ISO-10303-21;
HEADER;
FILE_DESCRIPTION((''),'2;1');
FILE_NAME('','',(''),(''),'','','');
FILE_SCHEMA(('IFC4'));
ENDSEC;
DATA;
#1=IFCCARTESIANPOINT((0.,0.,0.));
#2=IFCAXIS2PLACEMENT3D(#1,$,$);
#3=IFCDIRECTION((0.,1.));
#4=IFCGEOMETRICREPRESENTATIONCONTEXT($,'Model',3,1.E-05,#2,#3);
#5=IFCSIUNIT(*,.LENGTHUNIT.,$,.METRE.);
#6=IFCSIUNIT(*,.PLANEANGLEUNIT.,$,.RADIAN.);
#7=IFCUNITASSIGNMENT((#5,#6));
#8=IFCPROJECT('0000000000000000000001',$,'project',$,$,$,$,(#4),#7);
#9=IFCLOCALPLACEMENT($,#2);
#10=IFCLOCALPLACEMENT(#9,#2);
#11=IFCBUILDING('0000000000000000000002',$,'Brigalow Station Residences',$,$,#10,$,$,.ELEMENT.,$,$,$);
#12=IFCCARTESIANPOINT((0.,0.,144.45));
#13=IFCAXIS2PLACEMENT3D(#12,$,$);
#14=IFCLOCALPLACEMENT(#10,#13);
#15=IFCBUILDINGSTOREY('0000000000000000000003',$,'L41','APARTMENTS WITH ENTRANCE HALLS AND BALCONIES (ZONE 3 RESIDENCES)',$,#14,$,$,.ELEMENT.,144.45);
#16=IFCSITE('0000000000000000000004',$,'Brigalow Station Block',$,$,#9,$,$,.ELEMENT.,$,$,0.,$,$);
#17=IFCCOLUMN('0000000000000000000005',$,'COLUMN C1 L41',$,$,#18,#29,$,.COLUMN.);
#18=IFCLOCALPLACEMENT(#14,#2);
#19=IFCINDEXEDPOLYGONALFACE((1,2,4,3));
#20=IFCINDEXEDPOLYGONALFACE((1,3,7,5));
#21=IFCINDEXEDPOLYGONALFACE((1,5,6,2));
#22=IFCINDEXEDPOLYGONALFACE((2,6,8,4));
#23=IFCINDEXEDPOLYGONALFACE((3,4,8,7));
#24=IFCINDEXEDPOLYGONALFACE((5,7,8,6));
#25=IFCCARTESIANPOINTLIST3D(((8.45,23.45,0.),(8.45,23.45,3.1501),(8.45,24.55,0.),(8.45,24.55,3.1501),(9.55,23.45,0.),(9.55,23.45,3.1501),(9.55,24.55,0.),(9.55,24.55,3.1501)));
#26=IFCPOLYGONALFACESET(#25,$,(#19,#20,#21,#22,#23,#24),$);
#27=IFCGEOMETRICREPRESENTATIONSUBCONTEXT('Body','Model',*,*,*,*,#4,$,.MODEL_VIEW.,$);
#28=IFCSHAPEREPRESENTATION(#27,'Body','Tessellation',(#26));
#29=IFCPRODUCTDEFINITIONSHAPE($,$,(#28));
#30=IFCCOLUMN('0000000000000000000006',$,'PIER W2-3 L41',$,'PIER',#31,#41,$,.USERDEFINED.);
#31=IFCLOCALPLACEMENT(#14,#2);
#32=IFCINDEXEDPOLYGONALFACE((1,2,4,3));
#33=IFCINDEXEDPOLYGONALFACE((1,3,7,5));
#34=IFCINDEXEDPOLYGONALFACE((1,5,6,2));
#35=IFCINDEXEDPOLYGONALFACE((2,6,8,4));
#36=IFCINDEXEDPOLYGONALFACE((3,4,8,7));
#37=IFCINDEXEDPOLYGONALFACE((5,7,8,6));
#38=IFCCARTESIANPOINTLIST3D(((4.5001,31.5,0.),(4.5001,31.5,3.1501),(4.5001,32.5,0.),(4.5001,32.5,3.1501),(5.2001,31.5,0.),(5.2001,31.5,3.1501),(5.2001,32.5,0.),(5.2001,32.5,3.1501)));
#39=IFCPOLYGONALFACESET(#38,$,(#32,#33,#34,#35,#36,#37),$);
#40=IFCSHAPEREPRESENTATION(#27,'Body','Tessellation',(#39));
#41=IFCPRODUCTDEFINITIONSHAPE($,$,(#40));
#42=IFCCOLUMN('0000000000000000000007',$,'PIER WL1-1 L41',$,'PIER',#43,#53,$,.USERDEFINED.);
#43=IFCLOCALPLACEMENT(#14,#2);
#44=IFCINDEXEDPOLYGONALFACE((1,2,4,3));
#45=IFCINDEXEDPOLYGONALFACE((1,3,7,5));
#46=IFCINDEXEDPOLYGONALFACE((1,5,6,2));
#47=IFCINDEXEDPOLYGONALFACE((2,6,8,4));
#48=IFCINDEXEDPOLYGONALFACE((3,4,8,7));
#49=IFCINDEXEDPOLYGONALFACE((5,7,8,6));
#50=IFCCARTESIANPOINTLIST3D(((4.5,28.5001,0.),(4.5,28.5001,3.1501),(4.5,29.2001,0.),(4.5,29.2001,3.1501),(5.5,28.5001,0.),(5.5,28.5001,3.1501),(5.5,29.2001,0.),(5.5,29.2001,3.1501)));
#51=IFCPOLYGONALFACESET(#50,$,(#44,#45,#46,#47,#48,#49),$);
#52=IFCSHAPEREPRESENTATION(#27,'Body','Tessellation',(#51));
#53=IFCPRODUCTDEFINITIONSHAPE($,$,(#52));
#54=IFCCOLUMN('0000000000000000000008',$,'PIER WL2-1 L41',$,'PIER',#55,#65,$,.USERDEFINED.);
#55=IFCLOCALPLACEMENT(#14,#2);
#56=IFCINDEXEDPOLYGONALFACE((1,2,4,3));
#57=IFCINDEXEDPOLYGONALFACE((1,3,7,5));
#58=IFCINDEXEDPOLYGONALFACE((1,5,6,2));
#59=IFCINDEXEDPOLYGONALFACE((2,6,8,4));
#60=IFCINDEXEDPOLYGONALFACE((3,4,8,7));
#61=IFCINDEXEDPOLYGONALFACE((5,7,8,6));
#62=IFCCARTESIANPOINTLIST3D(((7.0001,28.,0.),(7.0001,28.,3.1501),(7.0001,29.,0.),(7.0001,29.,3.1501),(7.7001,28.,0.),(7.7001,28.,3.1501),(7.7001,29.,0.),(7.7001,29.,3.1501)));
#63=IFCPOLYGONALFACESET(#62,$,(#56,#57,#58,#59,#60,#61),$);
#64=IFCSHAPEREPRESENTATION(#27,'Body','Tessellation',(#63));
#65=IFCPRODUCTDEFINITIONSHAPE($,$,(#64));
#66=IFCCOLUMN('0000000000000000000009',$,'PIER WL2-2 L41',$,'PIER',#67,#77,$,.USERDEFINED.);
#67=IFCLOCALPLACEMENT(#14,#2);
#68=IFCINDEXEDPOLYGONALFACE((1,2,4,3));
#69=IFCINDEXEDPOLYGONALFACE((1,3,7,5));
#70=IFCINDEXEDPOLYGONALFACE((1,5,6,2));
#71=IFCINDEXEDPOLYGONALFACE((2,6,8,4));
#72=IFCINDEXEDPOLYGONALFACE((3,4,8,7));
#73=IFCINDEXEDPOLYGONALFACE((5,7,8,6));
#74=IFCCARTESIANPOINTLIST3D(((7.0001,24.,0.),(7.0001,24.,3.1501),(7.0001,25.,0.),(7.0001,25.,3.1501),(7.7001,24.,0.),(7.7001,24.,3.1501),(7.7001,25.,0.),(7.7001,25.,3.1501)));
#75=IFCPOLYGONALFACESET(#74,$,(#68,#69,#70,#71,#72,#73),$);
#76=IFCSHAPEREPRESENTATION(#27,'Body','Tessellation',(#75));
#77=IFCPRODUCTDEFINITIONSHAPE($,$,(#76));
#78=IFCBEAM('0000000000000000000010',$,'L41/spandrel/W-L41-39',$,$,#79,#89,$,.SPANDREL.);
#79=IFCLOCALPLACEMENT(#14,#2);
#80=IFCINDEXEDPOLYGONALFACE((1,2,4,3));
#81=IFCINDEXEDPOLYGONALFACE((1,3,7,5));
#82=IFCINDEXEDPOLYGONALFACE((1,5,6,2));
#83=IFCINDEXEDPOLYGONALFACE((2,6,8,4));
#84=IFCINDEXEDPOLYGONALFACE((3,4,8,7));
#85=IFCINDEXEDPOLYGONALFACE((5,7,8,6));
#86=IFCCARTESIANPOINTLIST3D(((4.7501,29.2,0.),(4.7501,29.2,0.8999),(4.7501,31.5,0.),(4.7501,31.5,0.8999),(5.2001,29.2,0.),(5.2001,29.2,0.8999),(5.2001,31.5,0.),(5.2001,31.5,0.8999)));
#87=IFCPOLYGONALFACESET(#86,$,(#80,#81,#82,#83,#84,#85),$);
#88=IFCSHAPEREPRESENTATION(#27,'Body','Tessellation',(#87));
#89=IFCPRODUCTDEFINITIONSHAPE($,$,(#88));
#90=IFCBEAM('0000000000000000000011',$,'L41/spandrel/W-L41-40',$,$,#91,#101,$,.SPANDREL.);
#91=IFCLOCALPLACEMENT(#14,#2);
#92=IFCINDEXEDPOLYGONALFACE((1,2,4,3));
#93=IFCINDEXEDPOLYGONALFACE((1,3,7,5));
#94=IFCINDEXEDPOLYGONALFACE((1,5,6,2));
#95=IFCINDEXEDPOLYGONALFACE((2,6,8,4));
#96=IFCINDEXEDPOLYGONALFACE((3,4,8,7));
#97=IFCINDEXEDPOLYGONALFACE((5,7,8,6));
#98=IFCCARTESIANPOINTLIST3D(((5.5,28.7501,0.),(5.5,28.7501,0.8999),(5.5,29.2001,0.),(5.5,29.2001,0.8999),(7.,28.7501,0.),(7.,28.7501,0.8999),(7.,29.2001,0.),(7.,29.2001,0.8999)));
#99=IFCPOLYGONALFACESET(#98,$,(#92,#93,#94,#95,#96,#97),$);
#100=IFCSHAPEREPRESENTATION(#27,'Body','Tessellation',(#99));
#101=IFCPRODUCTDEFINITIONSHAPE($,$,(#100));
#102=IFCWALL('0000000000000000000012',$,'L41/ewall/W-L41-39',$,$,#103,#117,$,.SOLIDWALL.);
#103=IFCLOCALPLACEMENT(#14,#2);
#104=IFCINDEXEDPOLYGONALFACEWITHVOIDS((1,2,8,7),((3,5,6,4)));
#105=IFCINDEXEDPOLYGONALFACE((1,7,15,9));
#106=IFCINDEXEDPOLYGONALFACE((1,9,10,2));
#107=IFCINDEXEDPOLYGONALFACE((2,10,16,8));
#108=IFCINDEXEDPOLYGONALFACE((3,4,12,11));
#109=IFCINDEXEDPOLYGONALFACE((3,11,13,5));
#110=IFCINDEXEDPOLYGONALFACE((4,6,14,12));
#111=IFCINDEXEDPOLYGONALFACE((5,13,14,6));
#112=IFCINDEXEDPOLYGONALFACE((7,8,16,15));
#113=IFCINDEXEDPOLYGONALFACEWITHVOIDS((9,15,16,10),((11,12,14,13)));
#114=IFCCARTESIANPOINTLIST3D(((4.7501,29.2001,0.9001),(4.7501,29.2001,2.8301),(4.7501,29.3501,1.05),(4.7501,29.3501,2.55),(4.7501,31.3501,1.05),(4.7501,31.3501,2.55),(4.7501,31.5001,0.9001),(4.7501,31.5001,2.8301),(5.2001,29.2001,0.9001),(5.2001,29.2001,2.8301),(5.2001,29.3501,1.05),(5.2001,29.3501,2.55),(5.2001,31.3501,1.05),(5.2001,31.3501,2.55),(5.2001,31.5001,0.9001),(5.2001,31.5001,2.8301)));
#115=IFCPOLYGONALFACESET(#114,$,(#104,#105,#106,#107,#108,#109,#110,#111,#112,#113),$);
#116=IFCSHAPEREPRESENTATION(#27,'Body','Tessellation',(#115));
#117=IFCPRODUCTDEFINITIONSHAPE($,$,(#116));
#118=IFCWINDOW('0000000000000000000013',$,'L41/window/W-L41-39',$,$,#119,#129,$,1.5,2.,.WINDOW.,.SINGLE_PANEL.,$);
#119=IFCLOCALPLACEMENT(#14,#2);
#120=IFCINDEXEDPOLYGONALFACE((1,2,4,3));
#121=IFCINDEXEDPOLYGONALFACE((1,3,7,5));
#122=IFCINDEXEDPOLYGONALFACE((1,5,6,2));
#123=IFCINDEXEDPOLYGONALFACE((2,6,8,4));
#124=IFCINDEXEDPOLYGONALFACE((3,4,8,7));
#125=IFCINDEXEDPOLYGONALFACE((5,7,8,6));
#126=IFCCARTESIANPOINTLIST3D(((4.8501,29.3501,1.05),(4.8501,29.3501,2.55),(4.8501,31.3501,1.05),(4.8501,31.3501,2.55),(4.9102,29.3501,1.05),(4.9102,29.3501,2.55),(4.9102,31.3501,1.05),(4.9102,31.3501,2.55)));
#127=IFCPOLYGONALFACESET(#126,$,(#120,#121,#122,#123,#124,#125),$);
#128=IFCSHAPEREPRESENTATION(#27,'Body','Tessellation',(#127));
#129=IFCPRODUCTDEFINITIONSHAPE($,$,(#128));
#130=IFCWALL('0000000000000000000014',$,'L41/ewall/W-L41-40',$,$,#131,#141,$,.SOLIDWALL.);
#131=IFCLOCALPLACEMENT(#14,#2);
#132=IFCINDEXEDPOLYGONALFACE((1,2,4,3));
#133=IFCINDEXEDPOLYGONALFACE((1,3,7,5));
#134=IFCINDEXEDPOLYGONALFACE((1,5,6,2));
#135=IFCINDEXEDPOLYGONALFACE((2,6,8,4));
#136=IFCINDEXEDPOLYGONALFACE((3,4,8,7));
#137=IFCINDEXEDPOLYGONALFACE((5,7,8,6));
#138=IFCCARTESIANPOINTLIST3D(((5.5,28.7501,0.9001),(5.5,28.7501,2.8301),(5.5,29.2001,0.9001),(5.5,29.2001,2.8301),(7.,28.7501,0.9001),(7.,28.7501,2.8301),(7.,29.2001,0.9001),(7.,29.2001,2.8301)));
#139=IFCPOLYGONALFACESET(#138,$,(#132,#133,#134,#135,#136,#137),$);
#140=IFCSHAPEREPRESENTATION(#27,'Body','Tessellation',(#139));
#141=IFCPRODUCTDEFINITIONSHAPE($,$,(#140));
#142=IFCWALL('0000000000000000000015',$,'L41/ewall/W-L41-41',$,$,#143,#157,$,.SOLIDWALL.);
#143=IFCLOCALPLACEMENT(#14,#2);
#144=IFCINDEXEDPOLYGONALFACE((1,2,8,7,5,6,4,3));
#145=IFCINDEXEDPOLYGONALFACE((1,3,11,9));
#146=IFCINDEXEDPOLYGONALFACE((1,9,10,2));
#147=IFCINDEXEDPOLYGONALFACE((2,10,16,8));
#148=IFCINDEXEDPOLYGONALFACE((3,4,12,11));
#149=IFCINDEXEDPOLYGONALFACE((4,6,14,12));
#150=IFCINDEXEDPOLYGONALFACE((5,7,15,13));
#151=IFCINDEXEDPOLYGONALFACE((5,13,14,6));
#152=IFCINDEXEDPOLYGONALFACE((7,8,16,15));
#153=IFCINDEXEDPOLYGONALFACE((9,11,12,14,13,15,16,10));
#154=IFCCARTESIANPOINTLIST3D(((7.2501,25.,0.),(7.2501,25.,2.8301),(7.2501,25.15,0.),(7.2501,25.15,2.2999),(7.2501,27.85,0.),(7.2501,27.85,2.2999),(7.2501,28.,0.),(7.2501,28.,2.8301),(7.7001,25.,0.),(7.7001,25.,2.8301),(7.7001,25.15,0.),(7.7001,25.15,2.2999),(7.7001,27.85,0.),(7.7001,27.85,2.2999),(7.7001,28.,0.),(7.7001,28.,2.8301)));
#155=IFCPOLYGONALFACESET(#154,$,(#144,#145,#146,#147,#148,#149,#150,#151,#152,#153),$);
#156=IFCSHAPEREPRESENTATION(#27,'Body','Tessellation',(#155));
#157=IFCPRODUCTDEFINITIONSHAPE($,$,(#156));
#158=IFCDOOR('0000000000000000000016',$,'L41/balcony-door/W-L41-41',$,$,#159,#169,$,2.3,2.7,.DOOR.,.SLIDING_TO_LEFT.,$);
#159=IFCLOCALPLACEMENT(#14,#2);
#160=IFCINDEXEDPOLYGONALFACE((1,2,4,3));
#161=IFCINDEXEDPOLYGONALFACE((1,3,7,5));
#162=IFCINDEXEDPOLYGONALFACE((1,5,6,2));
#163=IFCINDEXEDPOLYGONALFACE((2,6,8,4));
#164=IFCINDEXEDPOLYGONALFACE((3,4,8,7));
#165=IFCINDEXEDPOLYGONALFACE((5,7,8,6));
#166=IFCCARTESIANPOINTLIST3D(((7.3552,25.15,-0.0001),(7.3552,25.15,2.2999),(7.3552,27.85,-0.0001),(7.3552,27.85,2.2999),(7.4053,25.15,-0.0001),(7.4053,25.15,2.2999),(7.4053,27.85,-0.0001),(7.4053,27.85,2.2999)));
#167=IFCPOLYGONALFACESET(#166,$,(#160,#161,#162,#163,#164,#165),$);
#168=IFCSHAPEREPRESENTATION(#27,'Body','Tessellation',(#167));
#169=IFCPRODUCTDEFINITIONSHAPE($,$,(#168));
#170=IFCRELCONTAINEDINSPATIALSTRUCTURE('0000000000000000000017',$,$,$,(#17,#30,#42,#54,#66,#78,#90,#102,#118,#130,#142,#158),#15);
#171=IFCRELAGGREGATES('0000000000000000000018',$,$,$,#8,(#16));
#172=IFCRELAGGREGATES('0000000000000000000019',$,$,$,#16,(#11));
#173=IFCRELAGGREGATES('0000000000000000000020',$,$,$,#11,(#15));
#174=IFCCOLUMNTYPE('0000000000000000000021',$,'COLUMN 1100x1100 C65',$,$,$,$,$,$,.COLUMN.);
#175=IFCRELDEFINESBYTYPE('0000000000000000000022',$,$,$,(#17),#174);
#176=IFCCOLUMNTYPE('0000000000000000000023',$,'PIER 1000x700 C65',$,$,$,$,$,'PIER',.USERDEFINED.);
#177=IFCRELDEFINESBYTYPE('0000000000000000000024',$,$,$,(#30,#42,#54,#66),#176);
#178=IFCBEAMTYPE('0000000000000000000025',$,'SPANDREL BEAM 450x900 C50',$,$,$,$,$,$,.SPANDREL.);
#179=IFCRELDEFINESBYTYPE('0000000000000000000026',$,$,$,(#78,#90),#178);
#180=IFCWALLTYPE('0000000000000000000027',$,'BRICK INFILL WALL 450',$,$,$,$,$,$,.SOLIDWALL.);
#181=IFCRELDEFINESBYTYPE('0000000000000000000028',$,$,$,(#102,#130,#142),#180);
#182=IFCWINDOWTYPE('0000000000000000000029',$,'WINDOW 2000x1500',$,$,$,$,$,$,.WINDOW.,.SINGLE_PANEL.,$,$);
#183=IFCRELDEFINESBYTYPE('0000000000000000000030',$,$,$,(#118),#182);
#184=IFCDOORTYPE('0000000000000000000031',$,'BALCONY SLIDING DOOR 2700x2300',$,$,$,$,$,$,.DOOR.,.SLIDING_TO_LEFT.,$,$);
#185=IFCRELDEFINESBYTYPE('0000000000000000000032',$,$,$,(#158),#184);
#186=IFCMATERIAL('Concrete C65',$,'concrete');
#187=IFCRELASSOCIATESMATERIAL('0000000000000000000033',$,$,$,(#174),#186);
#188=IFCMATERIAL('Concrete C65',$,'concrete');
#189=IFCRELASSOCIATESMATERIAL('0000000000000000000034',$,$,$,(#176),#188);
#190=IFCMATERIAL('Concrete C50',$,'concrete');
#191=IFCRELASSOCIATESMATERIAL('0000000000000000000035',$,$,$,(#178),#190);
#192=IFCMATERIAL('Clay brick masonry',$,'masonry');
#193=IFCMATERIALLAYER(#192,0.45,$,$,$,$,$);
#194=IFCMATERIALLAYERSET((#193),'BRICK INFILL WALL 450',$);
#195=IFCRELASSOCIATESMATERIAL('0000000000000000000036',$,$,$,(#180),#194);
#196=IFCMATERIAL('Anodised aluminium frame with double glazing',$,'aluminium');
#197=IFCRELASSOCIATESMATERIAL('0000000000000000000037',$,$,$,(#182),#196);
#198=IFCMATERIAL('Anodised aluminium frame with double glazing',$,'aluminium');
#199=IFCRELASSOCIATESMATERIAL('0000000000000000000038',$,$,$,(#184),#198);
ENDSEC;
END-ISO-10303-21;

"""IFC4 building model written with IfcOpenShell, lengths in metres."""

from ifc_helpers import new_model, si_unit, direction, frame, frame_2d, origin, origin_2d, place, context, subcontext, project, spatial, rectangle, extrude, material, layer, layer_set, material_profile, profile_set, type_object, element, fill, save


model = new_model("IFC4")

# Units and contexts
model_context = context("Model", 3, precision=1e-05, world=origin(), true_north=direction((0.0, 1.0)))
body_context = subcontext(model_context, "Body", "Model", "MODEL_VIEW")
ifc_project = project(units=[si_unit("LENGTHUNIT", "METRE"), si_unit("PLANEANGLEUNIT", "RADIAN")], contexts=[model_context])

# Site, building, storey
site_placement = place(None, origin())
site = spatial("IfcSite", under=ifc_project, at=site_placement, Name="Brigalow Station Block", CompositionType="ELEMENT", RefElevation=0.0)
building_placement = place(site_placement, origin())
building = spatial("IfcBuilding", under=site, at=building_placement, Name="Brigalow Station Residences", CompositionType="ELEMENT")
storey_placement = place(building_placement, frame((0.0, 0.0, 144.45)))
storey = spatial("IfcBuildingStorey", under=building, at=storey_placement, Name="L41", Description="APARTMENTS WITH ENTRANCE HALLS AND BALCONIES (ZONE 3 RESIDENCES)", CompositionType="ELEMENT", Elevation=144.45)

# Columns
ifc_material_1 = material(Name="Concrete C65", Category="concrete")
ifc_material_profile_1 = material_profile(ifc_material_1, rectangle(XDim=1.1001, YDim=1.1001, at=origin_2d()), Name="RC1100x1100")
ifc_profile_set_1 = profile_set([ifc_material_profile_1], Name="Concrete C65")
column_type_1 = type_object("IfcColumnType", Name="COLUMN 1100x1100 C65", PredefinedType="COLUMN", material=ifc_profile_set_1)
column_placement = place(storey_placement, frame((9.0, 24.0, 0.0), z_axis=(0.0, 0.0, 1.0), x_axis=(1.0, 0.0, 0.0)))
element("IfcColumn", 1, at=column_placement, inside=storey, type_object=column_type_1, Name="COLUMN C1 L41", PredefinedType="COLUMN", context=body_context, shape_type="SweptSolid", body=[
    extrude(rectangle(XDim=1.1001, YDim=1.1001, at=origin_2d()), origin(), (0.0, 0.0, 1.0), 3.1501),
])
ifc_material_2 = material(Name="Concrete C65", Category="concrete")
ifc_material_profile_2 = material_profile(ifc_material_2, rectangle(XDim=1.0, YDim=0.7, at=origin_2d()), Name="RC1000x700")
ifc_profile_set_2 = profile_set([ifc_material_profile_2], Name="Concrete C65")
column_type_2 = type_object("IfcColumnType", Name="PIER 1000x700 C65", ElementType="PIER", PredefinedType="USERDEFINED", material=ifc_profile_set_2)
for number, where, z_axis, x_axis, name in (
    (2, (4.8501, 32.0, 0.0), (0.0, 0.0, 1.0), (0.0, -1.0, 0.0), "PIER W2-3 L41"),
    (3, (5.0, 28.8501, 0.0), (0.0, 0.0, 1.0), (1.0, 0.0, 0.0), "PIER WL1-1 L41"),
    (4, (7.3501, 28.5, 0.0), (0.0, 0.0, 1.0), (0.0, -1.0, 0.0), "PIER WL2-1 L41"),
    (5, (7.3501, 24.5, 0.0), (0.0, 0.0, 1.0), (0.0, -1.0, 0.0), "PIER WL2-2 L41"),
):
    element("IfcColumn", number, at=place(storey_placement, frame(where, z_axis=z_axis, x_axis=x_axis)), inside=storey, type_object=column_type_2, Name=name, ObjectType="PIER", PredefinedType="USERDEFINED", context=body_context, shape_type="SweptSolid", body=[
        extrude(rectangle(XDim=1.0, YDim=0.7, at=origin_2d()), origin(), (0.0, 0.0, 1.0), 3.1501),
    ])

# Beams
ifc_material_3 = material(Name="Concrete C50", Category="concrete")
ifc_material_profile_3 = material_profile(ifc_material_3, rectangle(XDim=0.45, YDim=0.8999, at=origin_2d()), Name="RC450x900")
ifc_profile_set_3 = profile_set([ifc_material_profile_3], Name="Concrete C50")
beam_type = type_object("IfcBeamType", Name="SPANDREL BEAM 450x900 C50", PredefinedType="SPANDREL", material=ifc_profile_set_3)
beam_1_placement = place(storey_placement, frame((4.9751, 31.5, 0.45), z_axis=(0.0, -1.0, 0.0), x_axis=(1.0, 0.0, 0.0)))
element("IfcBeam", 6, at=beam_1_placement, inside=storey, type_object=beam_type, Name="L41/spandrel/W-L41-39", PredefinedType="SPANDREL", context=body_context, shape_type="SweptSolid", body=[
    extrude(rectangle(XDim=0.45, YDim=0.8999, at=origin_2d()), origin(), (0.0, 0.0, 1.0), 2.3),
])
beam_2_placement = place(storey_placement, frame((5.5, 28.9751, 0.45), z_axis=(1.0, 0.0, 0.0), x_axis=(0.0, 1.0, 0.0)))
element("IfcBeam", 7, at=beam_2_placement, inside=storey, type_object=beam_type, Name="L41/spandrel/W-L41-40", PredefinedType="SPANDREL", context=body_context, shape_type="SweptSolid", body=[
    extrude(rectangle(XDim=0.45, YDim=0.8999, at=origin_2d()), origin(), (0.0, 0.0, 1.0), 1.5),
])

# Wall, opening, window
ifc_material_4 = material(Name="Clay brick masonry", Category="masonry")
ifc_layer_1 = layer(ifc_material_4, 0.45)
ifc_layer_set_1 = layer_set([ifc_layer_1], Name="BRICK INFILL WALL 450")
wall_type_1 = type_object("IfcWallType", Name="BRICK INFILL WALL 450", PredefinedType="SOLIDWALL", material=ifc_layer_set_1)
wall_1_placement = place(storey_placement, frame((4.9751, 31.5, 0.9001), z_axis=(0.0, 0.0, 1.0), x_axis=(0.0, -1.0, 0.0)))
wall_1 = element("IfcWall", 8, at=wall_1_placement, inside=storey, type_object=wall_type_1, Name="L41/ewall/W-L41-39", PredefinedType="SOLIDWALL", context=body_context, shape_type="SweptSolid", body=[
    extrude(rectangle(XDim=2.3, YDim=0.45, at=frame_2d((1.1499, 0.0))), origin(), (0.0, 0.0, 1.0), 1.9299),
])
opening_1_placement = place(wall_1_placement, frame((0.1499, 0.0, 0.1499)))
opening_1 = element("IfcOpeningElement", 9, at=opening_1_placement, cuts=wall_1, PredefinedType="OPENING", context=body_context, shape_type="SweptSolid", body=[
    extrude(rectangle(XDim=2.0, YDim=1.5, at=frame_2d((1.0, 0.75))), frame((0.0, 0.2349, 0.0), z_axis=(0.0, -1.0, 0.0), x_axis=(1.0, 0.0, 0.0)), (0.0, 0.0, 1.0), 0.47),
])
ifc_material_5 = material(Name="Anodised aluminium frame with double glazing", Category="aluminium")
window_type = type_object("IfcWindowType", Name="WINDOW 2000x1500", PartitioningType="SINGLE_PANEL", PredefinedType="WINDOW", material=ifc_material_5)
window_placement = place(opening_1_placement, origin())
window = element("IfcWindow", 10, at=window_placement, inside=storey, type_object=window_type, Name="L41/window/W-L41-39", OverallHeight=1.5, OverallWidth=2.0, PartitioningType="SINGLE_PANEL", PredefinedType="WINDOW", context=body_context, shape_type="SweptSolid", body=[
    extrude(rectangle(XDim=2.0, YDim=1.5, at=frame_2d((1.0, 0.75))), frame((0.0, -0.0649, 0.0), z_axis=(0.0, -1.0, 0.0), x_axis=(1.0, 0.0, 0.0)), (0.0, 0.0, 1.0), 0.0601),
])
fill(opening_1, window)

# Wall
wall_2_placement = place(storey_placement, frame((5.5, 28.9751, 0.9001), z_axis=(0.0, 0.0, 1.0), x_axis=(1.0, 0.0, 0.0)))
element("IfcWall", 11, at=wall_2_placement, inside=storey, type_object=wall_type_1, Name="L41/ewall/W-L41-40", PredefinedType="SOLIDWALL", context=body_context, shape_type="SweptSolid", body=[
    extrude(rectangle(XDim=1.5, YDim=0.45, at=frame_2d((0.75, 0.0))), origin(), (0.0, 0.0, 1.0), 1.9299),
])

# Wall, opening, door
wall_3_placement = place(storey_placement, frame((7.4751, 28.0, 0.0), z_axis=(0.0, 0.0, 1.0), x_axis=(0.0, -1.0, 0.0)))
wall_3 = element("IfcWall", 12, at=wall_3_placement, inside=storey, type_object=wall_type_1, Name="L41/ewall/W-L41-41", PredefinedType="SOLIDWALL", context=body_context, shape_type="SweptSolid", body=[
    extrude(rectangle(XDim=3.0, YDim=0.45, at=frame_2d((1.5, 0.0))), origin(), (0.0, 0.0, 1.0), 2.8301),
])
opening_2_placement = place(wall_3_placement, frame((0.1499, 0.0, 0.0)))
opening_2 = element("IfcOpeningElement", 13, at=opening_2_placement, cuts=wall_3, PredefinedType="OPENING", context=body_context, shape_type="SweptSolid", body=[
    extrude(rectangle(XDim=2.7, YDim=2.3, at=frame_2d((1.3501, 1.1499))), frame((0.0, 0.2349, 0.0), z_axis=(0.0, -1.0, 0.0), x_axis=(1.0, 0.0, 0.0)), (0.0, 0.0, 1.0), 0.47),
])
ifc_material_6 = material(Name="Anodised aluminium frame with double glazing", Category="aluminium")
door_type_1 = type_object("IfcDoorType", Name="BALCONY SLIDING DOOR 2700x2300", OperationType="SLIDING_TO_LEFT", PredefinedType="DOOR", material=ifc_material_6)
door_1_placement = place(opening_2_placement, origin())
door_1 = element("IfcDoor", 14, at=door_1_placement, inside=storey, type_object=door_type_1, Name="L41/balcony-door/W-L41-41", OperationType="SLIDING_TO_LEFT", OverallHeight=2.3, OverallWidth=2.7, PredefinedType="DOOR", context=body_context, shape_type="SweptSolid", body=[
    extrude(rectangle(XDim=2.7, YDim=2.3, at=frame_2d((1.3501, 1.1499))), frame((0.0, -0.0698, 0.0), z_axis=(0.0, -1.0, 0.0), x_axis=(1.0, 0.0, 0.0)), (0.0, 0.0, 1.0), 0.05),
])
fill(opening_2, door_1)

save(model, "model.ifc")
